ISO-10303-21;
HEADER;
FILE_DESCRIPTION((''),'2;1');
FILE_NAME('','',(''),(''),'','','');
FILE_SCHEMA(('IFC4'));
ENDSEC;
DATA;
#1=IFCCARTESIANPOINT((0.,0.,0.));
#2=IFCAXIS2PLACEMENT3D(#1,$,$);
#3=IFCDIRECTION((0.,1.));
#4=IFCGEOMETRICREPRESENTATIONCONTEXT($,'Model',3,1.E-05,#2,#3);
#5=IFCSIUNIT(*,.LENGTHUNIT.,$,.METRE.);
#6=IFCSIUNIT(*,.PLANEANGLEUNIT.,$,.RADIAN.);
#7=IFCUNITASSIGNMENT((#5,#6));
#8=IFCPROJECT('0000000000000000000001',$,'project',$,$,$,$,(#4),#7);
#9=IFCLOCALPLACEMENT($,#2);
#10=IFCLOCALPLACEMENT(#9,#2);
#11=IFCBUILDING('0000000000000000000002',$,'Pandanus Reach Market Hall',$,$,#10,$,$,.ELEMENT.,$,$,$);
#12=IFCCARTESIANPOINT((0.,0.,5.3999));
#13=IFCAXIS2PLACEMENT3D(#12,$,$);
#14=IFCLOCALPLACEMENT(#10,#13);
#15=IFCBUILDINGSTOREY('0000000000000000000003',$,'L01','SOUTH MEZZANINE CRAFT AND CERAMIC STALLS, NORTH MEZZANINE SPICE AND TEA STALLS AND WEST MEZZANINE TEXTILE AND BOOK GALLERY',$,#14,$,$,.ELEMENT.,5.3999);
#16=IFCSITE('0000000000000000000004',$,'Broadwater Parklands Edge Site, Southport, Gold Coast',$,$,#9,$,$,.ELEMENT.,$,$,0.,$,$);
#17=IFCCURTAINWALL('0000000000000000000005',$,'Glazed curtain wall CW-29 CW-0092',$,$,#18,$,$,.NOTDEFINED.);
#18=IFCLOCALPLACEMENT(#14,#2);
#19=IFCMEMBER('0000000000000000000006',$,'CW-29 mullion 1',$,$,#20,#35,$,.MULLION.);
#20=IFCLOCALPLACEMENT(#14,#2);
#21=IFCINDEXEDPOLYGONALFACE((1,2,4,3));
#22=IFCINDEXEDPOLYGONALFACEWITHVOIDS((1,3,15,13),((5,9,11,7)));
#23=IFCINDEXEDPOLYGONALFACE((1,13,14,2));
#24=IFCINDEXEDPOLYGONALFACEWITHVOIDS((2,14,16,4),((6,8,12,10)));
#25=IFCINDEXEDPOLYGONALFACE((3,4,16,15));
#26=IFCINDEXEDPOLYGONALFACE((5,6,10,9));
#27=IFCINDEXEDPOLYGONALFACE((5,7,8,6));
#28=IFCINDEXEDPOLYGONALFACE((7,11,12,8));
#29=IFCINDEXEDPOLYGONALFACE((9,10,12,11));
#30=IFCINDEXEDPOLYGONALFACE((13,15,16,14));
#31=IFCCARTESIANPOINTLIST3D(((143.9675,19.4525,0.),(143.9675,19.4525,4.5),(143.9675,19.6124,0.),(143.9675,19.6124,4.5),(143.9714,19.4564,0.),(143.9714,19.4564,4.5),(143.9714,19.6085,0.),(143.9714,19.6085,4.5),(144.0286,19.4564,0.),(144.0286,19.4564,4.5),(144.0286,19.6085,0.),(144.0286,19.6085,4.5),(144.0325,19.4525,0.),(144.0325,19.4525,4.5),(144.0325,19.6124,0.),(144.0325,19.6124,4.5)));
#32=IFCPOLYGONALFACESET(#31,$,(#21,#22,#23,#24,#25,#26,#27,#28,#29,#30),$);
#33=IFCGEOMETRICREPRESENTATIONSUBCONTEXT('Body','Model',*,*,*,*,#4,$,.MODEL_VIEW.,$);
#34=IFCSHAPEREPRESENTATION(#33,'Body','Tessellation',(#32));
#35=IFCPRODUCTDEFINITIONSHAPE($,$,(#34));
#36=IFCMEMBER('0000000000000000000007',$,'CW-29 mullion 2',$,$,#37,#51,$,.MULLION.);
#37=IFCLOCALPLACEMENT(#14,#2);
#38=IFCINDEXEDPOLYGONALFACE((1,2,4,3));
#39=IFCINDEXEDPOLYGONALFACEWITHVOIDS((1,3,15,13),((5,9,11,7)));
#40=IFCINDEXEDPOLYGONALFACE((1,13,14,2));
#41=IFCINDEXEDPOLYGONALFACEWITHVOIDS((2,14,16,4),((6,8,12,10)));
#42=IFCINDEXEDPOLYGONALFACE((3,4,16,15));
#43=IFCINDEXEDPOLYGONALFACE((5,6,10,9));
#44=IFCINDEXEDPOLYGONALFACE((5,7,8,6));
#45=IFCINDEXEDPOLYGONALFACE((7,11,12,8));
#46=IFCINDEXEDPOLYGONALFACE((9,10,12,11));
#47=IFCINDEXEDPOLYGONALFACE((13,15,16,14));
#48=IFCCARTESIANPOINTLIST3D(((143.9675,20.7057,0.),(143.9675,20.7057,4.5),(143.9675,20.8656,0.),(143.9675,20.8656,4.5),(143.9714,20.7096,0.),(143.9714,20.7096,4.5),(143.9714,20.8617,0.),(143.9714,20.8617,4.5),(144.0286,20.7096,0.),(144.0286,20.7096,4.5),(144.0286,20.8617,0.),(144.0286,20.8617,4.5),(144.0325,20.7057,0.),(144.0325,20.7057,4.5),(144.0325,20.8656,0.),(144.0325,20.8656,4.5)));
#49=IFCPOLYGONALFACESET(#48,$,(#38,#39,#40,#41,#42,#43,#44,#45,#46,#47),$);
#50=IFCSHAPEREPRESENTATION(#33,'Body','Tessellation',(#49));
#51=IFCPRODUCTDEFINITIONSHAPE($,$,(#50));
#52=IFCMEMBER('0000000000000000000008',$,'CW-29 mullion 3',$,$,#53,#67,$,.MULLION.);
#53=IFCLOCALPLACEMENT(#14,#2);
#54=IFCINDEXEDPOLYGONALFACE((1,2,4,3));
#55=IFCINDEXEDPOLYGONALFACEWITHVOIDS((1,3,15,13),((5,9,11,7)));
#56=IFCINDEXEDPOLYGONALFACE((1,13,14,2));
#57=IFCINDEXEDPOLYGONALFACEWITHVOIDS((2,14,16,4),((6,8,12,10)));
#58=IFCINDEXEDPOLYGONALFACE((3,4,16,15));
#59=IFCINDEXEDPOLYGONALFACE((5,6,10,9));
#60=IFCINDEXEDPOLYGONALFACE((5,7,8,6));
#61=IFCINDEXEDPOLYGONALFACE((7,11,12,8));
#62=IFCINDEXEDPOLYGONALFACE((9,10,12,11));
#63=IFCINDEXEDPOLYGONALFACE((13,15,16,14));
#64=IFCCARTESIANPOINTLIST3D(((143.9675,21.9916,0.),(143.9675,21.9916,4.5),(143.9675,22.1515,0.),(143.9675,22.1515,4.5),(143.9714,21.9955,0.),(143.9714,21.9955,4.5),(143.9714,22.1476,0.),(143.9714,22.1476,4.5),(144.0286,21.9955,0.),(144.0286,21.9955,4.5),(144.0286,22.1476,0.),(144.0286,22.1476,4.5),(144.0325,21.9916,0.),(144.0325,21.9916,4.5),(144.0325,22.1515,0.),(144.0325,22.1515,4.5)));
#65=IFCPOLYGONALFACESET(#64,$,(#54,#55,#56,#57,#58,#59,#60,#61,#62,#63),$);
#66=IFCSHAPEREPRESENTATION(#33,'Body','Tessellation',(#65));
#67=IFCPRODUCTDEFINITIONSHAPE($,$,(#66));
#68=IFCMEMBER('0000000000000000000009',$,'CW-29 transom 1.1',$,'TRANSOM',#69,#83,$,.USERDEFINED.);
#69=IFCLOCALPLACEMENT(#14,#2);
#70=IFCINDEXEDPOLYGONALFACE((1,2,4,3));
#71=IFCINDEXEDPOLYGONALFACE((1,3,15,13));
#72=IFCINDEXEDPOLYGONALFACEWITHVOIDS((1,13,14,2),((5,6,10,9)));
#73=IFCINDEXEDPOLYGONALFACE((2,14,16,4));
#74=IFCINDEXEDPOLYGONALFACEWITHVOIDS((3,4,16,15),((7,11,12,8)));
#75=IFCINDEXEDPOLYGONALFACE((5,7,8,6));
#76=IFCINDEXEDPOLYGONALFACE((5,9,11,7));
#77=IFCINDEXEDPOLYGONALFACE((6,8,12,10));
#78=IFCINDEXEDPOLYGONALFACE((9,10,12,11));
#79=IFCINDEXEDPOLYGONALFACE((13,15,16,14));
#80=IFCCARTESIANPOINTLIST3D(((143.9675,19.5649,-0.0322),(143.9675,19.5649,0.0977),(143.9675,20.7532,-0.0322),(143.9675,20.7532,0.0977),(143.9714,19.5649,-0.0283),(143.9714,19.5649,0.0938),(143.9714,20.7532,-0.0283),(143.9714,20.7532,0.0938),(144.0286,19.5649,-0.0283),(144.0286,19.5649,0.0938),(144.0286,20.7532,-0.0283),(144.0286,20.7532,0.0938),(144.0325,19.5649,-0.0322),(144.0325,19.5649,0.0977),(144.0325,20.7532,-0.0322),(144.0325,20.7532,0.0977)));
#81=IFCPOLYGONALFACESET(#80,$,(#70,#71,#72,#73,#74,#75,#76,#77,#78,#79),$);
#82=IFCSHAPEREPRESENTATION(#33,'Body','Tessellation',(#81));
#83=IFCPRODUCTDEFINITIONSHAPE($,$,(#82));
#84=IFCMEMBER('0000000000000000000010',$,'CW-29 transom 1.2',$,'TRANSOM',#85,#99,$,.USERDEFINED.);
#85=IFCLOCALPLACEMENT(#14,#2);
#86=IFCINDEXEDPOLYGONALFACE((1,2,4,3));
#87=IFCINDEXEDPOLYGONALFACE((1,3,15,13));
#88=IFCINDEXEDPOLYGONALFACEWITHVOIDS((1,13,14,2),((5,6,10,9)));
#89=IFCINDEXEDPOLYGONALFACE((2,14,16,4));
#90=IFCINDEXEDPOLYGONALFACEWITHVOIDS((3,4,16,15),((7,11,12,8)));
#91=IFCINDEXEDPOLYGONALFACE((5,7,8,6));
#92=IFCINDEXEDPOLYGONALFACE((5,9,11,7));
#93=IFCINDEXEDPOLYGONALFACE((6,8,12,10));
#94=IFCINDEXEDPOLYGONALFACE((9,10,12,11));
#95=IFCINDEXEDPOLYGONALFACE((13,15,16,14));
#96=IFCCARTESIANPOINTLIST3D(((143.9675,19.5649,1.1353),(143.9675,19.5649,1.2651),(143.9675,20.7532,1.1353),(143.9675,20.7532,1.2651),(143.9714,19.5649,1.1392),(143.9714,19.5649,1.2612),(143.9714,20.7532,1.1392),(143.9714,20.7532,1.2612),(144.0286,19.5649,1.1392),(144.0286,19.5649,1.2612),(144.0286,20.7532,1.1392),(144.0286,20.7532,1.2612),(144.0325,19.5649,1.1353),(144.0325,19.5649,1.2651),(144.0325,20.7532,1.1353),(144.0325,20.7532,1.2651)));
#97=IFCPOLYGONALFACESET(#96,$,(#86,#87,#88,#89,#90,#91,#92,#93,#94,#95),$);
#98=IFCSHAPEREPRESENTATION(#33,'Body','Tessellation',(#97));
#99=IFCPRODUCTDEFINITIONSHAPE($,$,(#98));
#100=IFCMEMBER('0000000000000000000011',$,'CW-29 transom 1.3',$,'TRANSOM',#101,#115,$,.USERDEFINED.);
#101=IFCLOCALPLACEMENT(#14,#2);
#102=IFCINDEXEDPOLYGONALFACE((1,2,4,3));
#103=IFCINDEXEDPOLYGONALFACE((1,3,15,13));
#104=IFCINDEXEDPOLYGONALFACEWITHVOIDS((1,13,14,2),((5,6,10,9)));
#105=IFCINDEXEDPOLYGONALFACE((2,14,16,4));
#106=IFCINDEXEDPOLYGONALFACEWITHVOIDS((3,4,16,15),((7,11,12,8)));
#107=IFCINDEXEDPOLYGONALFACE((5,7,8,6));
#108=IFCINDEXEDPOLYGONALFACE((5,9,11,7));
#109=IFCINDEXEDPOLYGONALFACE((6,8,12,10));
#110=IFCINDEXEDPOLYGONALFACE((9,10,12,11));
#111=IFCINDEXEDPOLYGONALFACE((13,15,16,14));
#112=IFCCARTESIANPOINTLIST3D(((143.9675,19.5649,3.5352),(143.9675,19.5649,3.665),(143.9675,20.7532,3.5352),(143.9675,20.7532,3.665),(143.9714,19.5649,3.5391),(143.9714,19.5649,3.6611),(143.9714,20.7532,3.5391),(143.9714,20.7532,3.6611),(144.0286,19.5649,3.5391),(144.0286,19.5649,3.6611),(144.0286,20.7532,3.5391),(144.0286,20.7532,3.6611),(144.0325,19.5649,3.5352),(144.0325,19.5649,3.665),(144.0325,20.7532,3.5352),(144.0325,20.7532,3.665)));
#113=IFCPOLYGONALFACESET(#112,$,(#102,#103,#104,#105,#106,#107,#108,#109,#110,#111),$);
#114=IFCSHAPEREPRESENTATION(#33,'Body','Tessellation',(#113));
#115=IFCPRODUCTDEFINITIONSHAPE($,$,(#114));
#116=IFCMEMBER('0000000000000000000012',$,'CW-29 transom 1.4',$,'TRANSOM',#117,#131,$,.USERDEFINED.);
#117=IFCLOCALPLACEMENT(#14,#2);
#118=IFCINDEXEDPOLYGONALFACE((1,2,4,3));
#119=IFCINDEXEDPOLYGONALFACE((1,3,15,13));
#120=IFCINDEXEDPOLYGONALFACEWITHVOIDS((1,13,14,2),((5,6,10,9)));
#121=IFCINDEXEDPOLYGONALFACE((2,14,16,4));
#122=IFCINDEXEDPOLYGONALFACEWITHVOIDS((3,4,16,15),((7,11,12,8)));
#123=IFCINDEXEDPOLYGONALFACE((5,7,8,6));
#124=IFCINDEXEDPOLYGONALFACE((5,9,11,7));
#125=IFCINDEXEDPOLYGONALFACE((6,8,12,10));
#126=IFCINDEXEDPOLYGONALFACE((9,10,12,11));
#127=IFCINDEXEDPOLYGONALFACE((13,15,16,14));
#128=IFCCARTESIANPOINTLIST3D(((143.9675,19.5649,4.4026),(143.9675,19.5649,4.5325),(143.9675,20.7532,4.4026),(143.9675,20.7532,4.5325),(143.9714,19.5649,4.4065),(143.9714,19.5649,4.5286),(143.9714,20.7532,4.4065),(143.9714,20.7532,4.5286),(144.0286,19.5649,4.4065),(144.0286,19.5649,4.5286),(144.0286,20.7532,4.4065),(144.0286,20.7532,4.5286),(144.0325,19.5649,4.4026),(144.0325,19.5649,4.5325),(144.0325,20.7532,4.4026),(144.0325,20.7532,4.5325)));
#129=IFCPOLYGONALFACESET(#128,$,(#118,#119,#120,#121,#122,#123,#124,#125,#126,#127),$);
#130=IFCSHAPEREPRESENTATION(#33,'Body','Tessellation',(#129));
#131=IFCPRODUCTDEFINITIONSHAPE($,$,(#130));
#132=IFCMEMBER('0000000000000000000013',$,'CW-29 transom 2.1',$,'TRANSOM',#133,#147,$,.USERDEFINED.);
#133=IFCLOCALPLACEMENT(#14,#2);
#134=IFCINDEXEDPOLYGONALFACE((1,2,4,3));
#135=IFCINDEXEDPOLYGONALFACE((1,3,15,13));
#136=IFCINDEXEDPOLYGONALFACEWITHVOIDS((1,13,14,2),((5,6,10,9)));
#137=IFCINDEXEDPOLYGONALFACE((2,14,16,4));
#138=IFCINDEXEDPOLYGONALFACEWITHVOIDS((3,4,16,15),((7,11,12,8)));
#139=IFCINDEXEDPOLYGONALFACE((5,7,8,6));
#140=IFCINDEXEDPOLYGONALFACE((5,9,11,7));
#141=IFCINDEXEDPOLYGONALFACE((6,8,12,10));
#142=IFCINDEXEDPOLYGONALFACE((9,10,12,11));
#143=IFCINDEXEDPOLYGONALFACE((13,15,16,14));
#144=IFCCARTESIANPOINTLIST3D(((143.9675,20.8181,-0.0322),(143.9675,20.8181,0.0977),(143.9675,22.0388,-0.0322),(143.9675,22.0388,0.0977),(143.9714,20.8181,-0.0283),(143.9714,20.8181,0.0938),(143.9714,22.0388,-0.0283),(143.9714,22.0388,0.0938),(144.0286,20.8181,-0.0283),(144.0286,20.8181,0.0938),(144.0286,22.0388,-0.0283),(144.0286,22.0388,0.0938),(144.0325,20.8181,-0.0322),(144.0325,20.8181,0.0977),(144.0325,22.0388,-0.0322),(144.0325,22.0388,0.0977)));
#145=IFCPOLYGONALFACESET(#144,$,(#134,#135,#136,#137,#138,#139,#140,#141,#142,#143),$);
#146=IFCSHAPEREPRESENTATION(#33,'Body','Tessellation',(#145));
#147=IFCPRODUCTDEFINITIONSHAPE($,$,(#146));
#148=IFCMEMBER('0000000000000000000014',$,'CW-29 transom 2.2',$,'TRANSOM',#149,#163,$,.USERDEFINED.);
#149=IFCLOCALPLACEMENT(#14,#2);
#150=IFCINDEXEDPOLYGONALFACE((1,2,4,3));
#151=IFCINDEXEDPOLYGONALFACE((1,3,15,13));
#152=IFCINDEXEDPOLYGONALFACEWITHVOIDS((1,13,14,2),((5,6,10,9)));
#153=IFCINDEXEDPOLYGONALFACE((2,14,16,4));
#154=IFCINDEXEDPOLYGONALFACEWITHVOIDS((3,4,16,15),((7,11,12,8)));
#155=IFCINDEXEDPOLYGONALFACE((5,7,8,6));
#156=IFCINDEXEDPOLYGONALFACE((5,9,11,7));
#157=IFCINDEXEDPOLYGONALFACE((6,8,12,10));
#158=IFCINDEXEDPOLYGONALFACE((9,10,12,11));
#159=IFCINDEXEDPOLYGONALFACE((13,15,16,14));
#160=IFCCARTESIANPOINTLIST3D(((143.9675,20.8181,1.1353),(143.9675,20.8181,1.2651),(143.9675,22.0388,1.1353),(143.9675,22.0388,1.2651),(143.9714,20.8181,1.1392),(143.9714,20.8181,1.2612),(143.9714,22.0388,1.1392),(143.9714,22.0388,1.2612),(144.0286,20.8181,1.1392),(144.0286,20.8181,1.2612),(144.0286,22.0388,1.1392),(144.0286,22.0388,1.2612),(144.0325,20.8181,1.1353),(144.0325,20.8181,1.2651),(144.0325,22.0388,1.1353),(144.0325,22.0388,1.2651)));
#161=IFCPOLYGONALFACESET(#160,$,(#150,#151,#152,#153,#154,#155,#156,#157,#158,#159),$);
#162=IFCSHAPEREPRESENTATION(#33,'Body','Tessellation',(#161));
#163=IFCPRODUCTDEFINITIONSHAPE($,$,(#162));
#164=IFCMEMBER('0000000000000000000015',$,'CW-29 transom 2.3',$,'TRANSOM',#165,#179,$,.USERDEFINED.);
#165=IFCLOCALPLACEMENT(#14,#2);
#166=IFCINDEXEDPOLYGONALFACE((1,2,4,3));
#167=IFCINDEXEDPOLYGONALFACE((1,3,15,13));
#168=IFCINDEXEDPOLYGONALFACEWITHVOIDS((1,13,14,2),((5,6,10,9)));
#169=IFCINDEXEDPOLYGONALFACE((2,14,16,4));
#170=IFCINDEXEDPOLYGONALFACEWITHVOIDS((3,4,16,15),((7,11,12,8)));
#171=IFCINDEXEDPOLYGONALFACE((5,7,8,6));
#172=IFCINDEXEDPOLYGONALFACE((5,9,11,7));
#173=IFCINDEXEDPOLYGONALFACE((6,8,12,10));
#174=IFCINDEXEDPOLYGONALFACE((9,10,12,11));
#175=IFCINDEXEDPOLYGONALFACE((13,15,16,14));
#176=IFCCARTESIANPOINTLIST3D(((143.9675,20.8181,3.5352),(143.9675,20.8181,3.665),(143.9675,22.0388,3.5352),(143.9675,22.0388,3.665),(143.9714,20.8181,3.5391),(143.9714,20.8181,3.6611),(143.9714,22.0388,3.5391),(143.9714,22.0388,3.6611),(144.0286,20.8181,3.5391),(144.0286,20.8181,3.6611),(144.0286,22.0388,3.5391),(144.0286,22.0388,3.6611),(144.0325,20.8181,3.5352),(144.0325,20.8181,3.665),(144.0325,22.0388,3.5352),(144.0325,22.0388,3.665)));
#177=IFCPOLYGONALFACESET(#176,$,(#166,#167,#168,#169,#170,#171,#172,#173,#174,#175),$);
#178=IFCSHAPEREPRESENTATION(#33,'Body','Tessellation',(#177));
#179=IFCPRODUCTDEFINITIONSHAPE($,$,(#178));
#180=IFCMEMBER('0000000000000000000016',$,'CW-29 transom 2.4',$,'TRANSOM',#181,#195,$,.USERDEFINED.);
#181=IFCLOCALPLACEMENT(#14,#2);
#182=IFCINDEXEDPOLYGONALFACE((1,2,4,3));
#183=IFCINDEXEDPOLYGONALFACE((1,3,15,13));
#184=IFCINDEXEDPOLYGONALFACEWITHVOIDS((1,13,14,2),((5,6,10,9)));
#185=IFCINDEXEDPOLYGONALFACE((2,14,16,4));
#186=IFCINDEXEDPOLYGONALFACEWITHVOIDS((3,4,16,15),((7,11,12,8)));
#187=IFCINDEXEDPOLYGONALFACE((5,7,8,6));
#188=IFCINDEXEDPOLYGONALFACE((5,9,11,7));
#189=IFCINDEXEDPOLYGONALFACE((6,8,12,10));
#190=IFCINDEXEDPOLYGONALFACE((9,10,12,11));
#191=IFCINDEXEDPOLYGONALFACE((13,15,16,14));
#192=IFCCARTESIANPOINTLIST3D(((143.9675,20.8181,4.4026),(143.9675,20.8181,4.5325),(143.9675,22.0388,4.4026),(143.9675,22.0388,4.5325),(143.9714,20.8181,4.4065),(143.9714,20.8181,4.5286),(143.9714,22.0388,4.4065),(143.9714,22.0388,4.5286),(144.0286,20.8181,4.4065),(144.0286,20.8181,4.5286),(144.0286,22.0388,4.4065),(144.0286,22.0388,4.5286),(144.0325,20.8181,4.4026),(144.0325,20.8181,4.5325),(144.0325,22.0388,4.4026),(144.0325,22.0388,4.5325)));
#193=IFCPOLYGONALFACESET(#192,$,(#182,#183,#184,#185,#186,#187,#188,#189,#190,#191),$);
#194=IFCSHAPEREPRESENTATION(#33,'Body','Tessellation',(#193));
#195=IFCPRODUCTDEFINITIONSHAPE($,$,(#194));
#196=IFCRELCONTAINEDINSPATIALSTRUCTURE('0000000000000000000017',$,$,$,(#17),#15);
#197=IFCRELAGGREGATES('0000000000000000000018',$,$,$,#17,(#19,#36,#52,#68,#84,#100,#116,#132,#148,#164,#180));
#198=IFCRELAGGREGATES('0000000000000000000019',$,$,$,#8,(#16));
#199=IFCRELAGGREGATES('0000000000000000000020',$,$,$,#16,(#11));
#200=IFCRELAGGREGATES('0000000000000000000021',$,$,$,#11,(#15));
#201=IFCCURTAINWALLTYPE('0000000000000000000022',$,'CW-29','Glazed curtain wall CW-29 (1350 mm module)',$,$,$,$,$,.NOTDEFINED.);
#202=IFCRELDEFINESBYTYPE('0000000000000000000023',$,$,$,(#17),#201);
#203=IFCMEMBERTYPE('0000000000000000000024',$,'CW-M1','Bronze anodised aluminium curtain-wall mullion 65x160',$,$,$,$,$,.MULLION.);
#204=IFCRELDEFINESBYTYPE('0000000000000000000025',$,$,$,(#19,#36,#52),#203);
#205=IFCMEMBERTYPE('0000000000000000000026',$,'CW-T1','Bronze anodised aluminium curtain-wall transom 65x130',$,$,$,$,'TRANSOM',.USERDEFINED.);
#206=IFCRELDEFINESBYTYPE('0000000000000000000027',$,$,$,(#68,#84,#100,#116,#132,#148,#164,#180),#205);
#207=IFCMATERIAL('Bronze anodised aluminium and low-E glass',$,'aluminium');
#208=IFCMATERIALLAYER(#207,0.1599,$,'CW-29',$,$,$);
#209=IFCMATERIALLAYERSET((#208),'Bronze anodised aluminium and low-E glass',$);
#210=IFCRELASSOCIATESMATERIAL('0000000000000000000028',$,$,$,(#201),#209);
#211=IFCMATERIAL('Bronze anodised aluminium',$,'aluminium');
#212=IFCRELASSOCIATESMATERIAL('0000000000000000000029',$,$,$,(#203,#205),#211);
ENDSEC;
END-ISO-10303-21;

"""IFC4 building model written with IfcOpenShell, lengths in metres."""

from ifc_helpers import new_model, si_unit, direction, frame, origin, origin_2d, place, context, subcontext, project, spatial, hollow_rectangle, extrude, material, layer, layer_set, material_profile, profile_set, type_object, element, aggregate, save


model = new_model("IFC4")

# Units and contexts
model_context = context("Model", 3, precision=1e-05, world=origin(), true_north=direction((0.0, 1.0)))
body_context = subcontext(model_context, "Body", "Model", "MODEL_VIEW")
ifc_project = project(units=[si_unit("LENGTHUNIT", "METRE"), si_unit("PLANEANGLEUNIT", "RADIAN")], contexts=[model_context])

# Site, building, storey
site_placement = place(None, origin())
site = spatial("IfcSite", under=ifc_project, at=site_placement, Name="Broadwater Parklands Edge Site, Southport, Gold Coast", CompositionType="ELEMENT", RefElevation=0.0)
building_placement = place(site_placement, origin())
building = spatial("IfcBuilding", under=site, at=building_placement, Name="Pandanus Reach Market Hall", CompositionType="ELEMENT")
storey_placement = place(building_placement, frame((0.0, 0.0, 5.3999)))
storey = spatial("IfcBuildingStorey", under=building, at=storey_placement, Name="L01", Description="SOUTH MEZZANINE CRAFT AND CERAMIC STALLS, NORTH MEZZANINE SPICE AND TEA STALLS AND WEST MEZZANINE TEXTILE AND BOOK GALLERY", CompositionType="ELEMENT", Elevation=5.3999)

# Curtain wall, members
ifc_material_1 = material(Name="Bronze anodised aluminium and low-E glass", Category="aluminium")
ifc_layer_1 = layer(ifc_material_1, 0.1599, Name="CW-29")
ifc_layer_set_1 = layer_set([ifc_layer_1], Name="Bronze anodised aluminium and low-E glass")
curtain_wall_type = type_object("IfcCurtainWallType", Name="CW-29", Description="Glazed curtain wall CW-29 (1350 mm module)", PredefinedType="NOTDEFINED", material=ifc_layer_set_1)
curtain_wall_placement = place(storey_placement, origin())
curtain_wall = element("IfcCurtainWall", 1, at=curtain_wall_placement, inside=storey, type_object=curtain_wall_type, Name="Glazed curtain wall CW-29 CW-0092", PredefinedType="NOTDEFINED")
ifc_material_2 = material(Name="Bronze anodised aluminium", Category="aluminium")
ifc_material_profile_1 = material_profile(ifc_material_2, hollow_rectangle(XDim=0.0649, YDim=0.1599, WallThickness=0.0039, at=origin_2d()), Name="ALU65x160", Category="LoadBearing")
ifc_profile_set_1 = profile_set([ifc_material_profile_1], Name="Bronze anodised aluminium")
member_type_1 = type_object("IfcMemberType", Name="CW-M1", Description="Bronze anodised aluminium curtain-wall mullion 65x160", PredefinedType="MULLION", material=ifc_profile_set_1)
member_1_placement = place(storey_placement, frame((144.0, 19.5325, 0.0), z_axis=(0.0, 0.0, 1.0), x_axis=(-1.0, 0.0, 0.0)))
member_1 = element("IfcMember", 2, at=member_1_placement, type_object=member_type_1, Name="CW-29 mullion 1", PredefinedType="MULLION", context=body_context, shape_type="SweptSolid", body=[
    extrude(hollow_rectangle(XDim=0.0649, YDim=0.1599, WallThickness=0.0039, at=origin_2d()), origin(), (0.0, 0.0, 1.0), 4.5),
])
member_2_placement = place(storey_placement, frame((144.0, 20.7856, 0.0), z_axis=(0.0, 0.0, 1.0), x_axis=(-1.0, 0.0, 0.0)))
member_2 = element("IfcMember", 3, at=member_2_placement, type_object=member_type_1, Name="CW-29 mullion 2", PredefinedType="MULLION", context=body_context, shape_type="SweptSolid", body=[
    extrude(hollow_rectangle(XDim=0.0649, YDim=0.1599, WallThickness=0.0039, at=origin_2d()), origin(), (0.0, 0.0, 1.0), 4.5),
])
member_3_placement = place(storey_placement, frame((144.0, 22.0715, 0.0), z_axis=(0.0, 0.0, 1.0), x_axis=(-1.0, 0.0, 0.0)))
member_3 = element("IfcMember", 4, at=member_3_placement, type_object=member_type_1, Name="CW-29 mullion 3", PredefinedType="MULLION", context=body_context, shape_type="SweptSolid", body=[
    extrude(hollow_rectangle(XDim=0.0649, YDim=0.1599, WallThickness=0.0039, at=origin_2d()), origin(), (0.0, 0.0, 1.0), 4.5),
])
ifc_material_profile_2 = material_profile(ifc_material_2, hollow_rectangle(XDim=0.0649, YDim=0.1299, WallThickness=0.0039, at=origin_2d()), Name="ALU65x130", Category="LoadBearing")
ifc_profile_set_2 = profile_set([ifc_material_profile_2], Name="Bronze anodised aluminium")
member_type_2 = type_object("IfcMemberType", Name="CW-T1", Description="Bronze anodised aluminium curtain-wall transom 65x130", ElementType="TRANSOM", PredefinedType="USERDEFINED", material=ifc_profile_set_2)
member_4_placement = place(storey_placement, frame((144.0, 19.5649, 0.0327), z_axis=(0.0, 1.0, 0.0), x_axis=(-1.0, 0.0, 0.0)))
member_4 = element("IfcMember", 5, at=member_4_placement, type_object=member_type_2, Name="CW-29 transom 1.1", ObjectType="TRANSOM", PredefinedType="USERDEFINED", context=body_context, shape_type="SweptSolid", body=[
    extrude(hollow_rectangle(XDim=0.0649, YDim=0.1299, WallThickness=0.0039, at=origin_2d()), origin(), (0.0, 0.0, 1.0), 1.1882),
])
member_5_placement = place(storey_placement, frame((144.0, 19.5649, 1.2002), z_axis=(0.0, 1.0, 0.0), x_axis=(-1.0, 0.0, 0.0)))
member_5 = element("IfcMember", 6, at=member_5_placement, type_object=member_type_2, Name="CW-29 transom 1.2", ObjectType="TRANSOM", PredefinedType="USERDEFINED", context=body_context, shape_type="SweptSolid", body=[
    extrude(hollow_rectangle(XDim=0.0649, YDim=0.1299, WallThickness=0.0039, at=origin_2d()), origin(), (0.0, 0.0, 1.0), 1.1882),
])
member_6_placement = place(storey_placement, frame((144.0, 19.5649, 3.6001), z_axis=(0.0, 1.0, 0.0), x_axis=(-1.0, 0.0, 0.0)))
member_6 = element("IfcMember", 7, at=member_6_placement, type_object=member_type_2, Name="CW-29 transom 1.3", ObjectType="TRANSOM", PredefinedType="USERDEFINED", context=body_context, shape_type="SweptSolid", body=[
    extrude(hollow_rectangle(XDim=0.0649, YDim=0.1299, WallThickness=0.0039, at=origin_2d()), origin(), (0.0, 0.0, 1.0), 1.1882),
])
member_7_placement = place(storey_placement, frame((144.0, 19.5649, 4.4675), z_axis=(0.0, 1.0, 0.0), x_axis=(-1.0, 0.0, 0.0)))
member_7 = element("IfcMember", 8, at=member_7_placement, type_object=member_type_2, Name="CW-29 transom 1.4", ObjectType="TRANSOM", PredefinedType="USERDEFINED", context=body_context, shape_type="SweptSolid", body=[
    extrude(hollow_rectangle(XDim=0.0649, YDim=0.1299, WallThickness=0.0039, at=origin_2d()), origin(), (0.0, 0.0, 1.0), 1.1882),
])
member_8_placement = place(storey_placement, frame((144.0, 20.8181, 0.0327), z_axis=(0.0, 1.0, 0.0), x_axis=(-1.0, 0.0, 0.0)))
member_8 = element("IfcMember", 9, at=member_8_placement, type_object=member_type_2, Name="CW-29 transom 2.1", ObjectType="TRANSOM", PredefinedType="USERDEFINED", context=body_context, shape_type="SweptSolid", body=[
    extrude(hollow_rectangle(XDim=0.0649, YDim=0.1299, WallThickness=0.0039, at=origin_2d()), origin(), (0.0, 0.0, 1.0), 1.2207),
])
member_9_placement = place(storey_placement, frame((144.0, 20.8181, 1.2002), z_axis=(0.0, 1.0, 0.0), x_axis=(-1.0, 0.0, 0.0)))
member_9 = element("IfcMember", 10, at=member_9_placement, type_object=member_type_2, Name="CW-29 transom 2.2", ObjectType="TRANSOM", PredefinedType="USERDEFINED", context=body_context, shape_type="SweptSolid", body=[
    extrude(hollow_rectangle(XDim=0.0649, YDim=0.1299, WallThickness=0.0039, at=origin_2d()), origin(), (0.0, 0.0, 1.0), 1.2207),
])
member_10_placement = place(storey_placement, frame((144.0, 20.8181, 3.6001), z_axis=(0.0, 1.0, 0.0), x_axis=(-1.0, 0.0, 0.0)))
member_10 = element("IfcMember", 11, at=member_10_placement, type_object=member_type_2, Name="CW-29 transom 2.3", ObjectType="TRANSOM", PredefinedType="USERDEFINED", context=body_context, shape_type="SweptSolid", body=[
    extrude(hollow_rectangle(XDim=0.0649, YDim=0.1299, WallThickness=0.0039, at=origin_2d()), origin(), (0.0, 0.0, 1.0), 1.2207),
])
member_11_placement = place(storey_placement, frame((144.0, 20.8181, 4.4675), z_axis=(0.0, 1.0, 0.0), x_axis=(-1.0, 0.0, 0.0)))
member_11 = element("IfcMember", 12, at=member_11_placement, type_object=member_type_2, Name="CW-29 transom 2.4", ObjectType="TRANSOM", PredefinedType="USERDEFINED", context=body_context, shape_type="SweptSolid", body=[
    extrude(hollow_rectangle(XDim=0.0649, YDim=0.1299, WallThickness=0.0039, at=origin_2d()), origin(), (0.0, 0.0, 1.0), 1.2207),
])
aggregate(curtain_wall, [member_1, member_2, member_3, member_4, member_5, member_6, member_7, member_8, member_9, member_10, member_11])

save(model, "model.ifc")
